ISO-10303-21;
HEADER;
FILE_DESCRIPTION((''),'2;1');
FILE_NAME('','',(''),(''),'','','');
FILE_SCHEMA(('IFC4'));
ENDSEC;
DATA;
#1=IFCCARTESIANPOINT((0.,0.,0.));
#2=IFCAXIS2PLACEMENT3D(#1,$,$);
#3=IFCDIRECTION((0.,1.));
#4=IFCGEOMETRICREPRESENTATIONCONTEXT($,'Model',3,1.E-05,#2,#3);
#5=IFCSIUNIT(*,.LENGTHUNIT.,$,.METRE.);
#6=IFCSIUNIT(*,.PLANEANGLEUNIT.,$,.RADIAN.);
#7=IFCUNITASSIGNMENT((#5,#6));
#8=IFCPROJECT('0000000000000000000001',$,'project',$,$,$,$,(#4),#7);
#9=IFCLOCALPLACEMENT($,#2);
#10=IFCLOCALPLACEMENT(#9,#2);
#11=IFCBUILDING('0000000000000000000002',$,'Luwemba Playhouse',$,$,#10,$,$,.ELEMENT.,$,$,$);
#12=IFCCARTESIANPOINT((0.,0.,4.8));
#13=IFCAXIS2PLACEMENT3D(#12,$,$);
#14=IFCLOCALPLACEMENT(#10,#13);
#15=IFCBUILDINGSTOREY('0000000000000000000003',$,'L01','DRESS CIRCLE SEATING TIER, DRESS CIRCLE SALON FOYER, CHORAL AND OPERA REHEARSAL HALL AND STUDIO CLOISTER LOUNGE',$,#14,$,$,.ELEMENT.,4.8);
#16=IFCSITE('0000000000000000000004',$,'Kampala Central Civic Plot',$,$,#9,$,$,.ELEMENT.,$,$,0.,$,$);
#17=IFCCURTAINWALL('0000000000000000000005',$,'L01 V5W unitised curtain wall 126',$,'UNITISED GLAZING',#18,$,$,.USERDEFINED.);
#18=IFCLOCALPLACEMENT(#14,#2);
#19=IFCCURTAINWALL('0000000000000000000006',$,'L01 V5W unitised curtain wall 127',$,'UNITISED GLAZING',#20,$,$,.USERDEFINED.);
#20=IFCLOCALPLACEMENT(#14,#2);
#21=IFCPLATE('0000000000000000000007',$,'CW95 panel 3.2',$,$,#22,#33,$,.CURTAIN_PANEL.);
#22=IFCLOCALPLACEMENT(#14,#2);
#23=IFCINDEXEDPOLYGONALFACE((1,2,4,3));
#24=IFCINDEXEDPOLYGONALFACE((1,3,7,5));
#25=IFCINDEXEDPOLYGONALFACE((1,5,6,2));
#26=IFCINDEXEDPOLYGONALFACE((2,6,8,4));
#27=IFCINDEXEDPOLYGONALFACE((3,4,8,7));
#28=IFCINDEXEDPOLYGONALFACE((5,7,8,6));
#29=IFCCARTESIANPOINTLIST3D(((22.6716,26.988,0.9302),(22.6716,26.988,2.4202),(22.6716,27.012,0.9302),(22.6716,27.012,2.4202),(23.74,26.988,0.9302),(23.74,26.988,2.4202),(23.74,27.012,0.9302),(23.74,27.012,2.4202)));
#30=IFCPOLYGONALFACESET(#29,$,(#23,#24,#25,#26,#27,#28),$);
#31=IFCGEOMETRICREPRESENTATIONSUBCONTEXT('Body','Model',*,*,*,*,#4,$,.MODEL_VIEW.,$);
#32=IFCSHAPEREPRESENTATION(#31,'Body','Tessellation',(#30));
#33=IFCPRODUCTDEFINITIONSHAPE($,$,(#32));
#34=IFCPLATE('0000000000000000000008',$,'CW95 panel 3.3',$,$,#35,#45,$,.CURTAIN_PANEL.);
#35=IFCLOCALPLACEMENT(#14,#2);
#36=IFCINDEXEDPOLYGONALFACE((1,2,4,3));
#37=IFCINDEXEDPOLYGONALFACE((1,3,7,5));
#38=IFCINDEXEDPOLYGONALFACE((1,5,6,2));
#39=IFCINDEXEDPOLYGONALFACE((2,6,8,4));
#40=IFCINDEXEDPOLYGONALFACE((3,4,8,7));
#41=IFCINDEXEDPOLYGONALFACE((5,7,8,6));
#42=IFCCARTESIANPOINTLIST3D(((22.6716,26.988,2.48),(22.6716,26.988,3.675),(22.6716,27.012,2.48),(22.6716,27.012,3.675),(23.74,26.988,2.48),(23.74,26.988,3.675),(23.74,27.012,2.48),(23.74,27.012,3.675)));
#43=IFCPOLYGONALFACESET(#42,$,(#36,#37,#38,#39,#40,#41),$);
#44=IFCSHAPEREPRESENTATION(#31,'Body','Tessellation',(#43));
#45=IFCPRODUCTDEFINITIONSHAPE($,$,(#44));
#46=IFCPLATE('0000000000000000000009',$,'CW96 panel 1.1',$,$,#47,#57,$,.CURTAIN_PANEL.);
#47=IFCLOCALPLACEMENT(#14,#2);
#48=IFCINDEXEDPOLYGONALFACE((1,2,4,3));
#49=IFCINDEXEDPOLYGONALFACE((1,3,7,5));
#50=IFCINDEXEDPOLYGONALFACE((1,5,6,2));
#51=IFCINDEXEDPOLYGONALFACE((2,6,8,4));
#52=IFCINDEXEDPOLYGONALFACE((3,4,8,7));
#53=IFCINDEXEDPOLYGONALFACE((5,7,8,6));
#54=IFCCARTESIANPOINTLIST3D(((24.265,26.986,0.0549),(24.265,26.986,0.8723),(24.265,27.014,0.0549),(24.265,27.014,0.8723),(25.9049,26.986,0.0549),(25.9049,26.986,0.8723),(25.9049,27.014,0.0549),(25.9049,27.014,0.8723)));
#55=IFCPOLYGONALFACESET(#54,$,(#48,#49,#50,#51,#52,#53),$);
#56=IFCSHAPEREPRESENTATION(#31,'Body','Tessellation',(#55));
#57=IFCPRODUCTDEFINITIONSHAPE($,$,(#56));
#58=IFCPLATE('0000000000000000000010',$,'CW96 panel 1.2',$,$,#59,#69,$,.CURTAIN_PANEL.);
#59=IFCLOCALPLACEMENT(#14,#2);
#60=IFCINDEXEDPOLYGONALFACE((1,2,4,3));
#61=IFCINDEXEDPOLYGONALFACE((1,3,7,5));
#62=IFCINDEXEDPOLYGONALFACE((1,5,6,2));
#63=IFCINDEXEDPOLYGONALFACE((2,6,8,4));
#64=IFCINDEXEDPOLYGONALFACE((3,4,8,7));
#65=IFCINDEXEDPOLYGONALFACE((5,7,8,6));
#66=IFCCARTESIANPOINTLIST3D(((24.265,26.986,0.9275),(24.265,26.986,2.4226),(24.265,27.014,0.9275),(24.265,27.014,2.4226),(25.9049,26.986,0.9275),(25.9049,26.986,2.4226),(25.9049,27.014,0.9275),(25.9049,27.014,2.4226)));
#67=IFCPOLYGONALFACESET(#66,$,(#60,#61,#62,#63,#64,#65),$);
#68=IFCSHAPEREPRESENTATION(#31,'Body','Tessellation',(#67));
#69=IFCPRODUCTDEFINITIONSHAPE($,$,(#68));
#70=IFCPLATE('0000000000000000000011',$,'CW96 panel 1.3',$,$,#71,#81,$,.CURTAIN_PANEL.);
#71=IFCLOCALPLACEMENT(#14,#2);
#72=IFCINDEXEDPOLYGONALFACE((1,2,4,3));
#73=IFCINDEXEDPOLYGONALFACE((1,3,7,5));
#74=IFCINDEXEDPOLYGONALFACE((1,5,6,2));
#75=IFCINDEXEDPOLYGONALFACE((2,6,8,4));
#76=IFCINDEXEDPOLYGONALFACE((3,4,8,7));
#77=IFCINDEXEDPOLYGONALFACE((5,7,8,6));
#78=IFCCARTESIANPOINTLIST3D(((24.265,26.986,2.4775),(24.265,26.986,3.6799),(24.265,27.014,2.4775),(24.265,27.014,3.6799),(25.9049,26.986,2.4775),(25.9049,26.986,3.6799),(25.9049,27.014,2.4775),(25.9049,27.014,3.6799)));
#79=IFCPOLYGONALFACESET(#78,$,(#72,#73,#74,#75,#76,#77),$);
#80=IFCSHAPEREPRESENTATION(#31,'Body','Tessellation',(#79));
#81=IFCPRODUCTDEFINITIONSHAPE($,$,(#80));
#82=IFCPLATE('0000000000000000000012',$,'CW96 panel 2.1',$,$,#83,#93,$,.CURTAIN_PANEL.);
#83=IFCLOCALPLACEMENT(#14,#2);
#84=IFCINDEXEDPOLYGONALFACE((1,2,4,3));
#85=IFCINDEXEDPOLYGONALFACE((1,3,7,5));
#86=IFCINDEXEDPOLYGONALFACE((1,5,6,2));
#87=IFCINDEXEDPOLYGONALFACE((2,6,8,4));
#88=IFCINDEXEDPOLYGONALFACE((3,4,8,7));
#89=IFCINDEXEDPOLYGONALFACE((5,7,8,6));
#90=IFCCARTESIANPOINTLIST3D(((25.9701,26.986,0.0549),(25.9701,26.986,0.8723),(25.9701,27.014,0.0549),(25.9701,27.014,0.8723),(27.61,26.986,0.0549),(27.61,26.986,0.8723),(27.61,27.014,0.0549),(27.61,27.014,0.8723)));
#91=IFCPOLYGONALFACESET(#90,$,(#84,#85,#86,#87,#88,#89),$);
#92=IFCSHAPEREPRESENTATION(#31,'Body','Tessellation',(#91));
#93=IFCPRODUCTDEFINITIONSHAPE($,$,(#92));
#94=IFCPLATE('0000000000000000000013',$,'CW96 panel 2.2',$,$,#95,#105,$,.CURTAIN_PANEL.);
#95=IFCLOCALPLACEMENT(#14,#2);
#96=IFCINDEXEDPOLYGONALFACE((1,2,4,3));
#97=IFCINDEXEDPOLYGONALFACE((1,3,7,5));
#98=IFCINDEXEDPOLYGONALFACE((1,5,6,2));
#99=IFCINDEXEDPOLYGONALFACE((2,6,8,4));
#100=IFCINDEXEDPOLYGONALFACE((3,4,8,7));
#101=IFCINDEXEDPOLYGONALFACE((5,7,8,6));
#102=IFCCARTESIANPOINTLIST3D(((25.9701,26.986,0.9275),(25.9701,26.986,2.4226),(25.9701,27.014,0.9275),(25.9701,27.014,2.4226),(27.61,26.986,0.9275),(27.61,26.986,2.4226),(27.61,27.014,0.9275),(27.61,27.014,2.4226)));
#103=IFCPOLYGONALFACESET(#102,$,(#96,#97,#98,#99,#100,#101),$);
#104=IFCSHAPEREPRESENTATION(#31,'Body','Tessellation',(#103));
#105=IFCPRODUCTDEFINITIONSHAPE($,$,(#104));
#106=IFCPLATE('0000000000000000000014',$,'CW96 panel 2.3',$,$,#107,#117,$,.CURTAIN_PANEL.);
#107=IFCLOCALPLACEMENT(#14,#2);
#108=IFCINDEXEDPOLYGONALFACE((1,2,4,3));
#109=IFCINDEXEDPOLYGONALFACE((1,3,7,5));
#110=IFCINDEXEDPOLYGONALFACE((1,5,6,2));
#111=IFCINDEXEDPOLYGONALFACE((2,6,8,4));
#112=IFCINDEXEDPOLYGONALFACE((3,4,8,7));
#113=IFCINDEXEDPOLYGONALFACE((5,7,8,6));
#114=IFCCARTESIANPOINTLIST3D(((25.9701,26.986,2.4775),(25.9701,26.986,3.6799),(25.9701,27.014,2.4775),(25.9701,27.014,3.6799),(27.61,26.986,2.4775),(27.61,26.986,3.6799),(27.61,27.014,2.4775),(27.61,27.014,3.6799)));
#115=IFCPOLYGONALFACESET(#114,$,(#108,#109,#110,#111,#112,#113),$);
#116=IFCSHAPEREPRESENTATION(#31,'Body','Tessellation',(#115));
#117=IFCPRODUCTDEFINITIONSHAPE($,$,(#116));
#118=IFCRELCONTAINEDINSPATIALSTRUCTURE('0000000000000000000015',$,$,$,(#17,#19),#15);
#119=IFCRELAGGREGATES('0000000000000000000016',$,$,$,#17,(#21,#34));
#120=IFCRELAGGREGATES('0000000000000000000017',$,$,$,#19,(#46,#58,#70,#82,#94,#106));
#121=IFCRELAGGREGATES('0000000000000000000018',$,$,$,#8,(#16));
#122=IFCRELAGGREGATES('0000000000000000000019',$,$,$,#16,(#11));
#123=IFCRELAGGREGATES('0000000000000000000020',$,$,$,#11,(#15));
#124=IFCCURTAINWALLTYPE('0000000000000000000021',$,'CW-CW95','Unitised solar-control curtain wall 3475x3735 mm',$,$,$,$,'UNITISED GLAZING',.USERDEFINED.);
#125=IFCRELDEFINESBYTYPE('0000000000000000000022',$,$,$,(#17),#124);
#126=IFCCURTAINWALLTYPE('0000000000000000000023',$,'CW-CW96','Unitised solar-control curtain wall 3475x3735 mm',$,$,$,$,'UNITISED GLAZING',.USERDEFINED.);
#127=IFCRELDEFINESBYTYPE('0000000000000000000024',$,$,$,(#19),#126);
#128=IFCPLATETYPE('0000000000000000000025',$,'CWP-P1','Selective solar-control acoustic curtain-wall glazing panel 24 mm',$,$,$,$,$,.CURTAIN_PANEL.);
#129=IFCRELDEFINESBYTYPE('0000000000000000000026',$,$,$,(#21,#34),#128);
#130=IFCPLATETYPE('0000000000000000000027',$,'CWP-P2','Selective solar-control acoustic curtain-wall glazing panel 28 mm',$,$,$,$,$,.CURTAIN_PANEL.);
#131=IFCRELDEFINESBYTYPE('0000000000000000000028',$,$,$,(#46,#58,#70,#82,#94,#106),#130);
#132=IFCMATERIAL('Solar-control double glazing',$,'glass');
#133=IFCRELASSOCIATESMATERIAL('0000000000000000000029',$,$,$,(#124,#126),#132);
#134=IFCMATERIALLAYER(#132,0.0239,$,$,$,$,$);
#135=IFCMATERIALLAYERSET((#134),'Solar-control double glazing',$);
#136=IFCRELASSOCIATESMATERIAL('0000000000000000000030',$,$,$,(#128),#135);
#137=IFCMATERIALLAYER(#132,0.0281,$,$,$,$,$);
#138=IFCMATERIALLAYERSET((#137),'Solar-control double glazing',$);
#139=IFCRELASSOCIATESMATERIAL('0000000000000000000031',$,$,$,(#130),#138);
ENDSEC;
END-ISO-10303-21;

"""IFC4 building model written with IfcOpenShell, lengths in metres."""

from ifc_helpers import new_model, si_unit, direction, frame, origin, origin_2d, place, context, subcontext, project, spatial, rectangle, extrude, material, layer, layer_set, type_object, element, aggregate, save


model = new_model("IFC4")

# Units and contexts
model_context = context("Model", 3, precision=1e-05, world=origin(), true_north=direction((0.0, 1.0)))
body_context = subcontext(model_context, "Body", "Model", "MODEL_VIEW")
ifc_project = project(units=[si_unit("LENGTHUNIT", "METRE"), si_unit("PLANEANGLEUNIT", "RADIAN")], contexts=[model_context])

# Site, building, storey
site_placement = place(None, origin())
site = spatial("IfcSite", under=ifc_project, at=site_placement, Name="Kampala Central Civic Plot", CompositionType="ELEMENT", RefElevation=0.0)
building_placement = place(site_placement, origin())
building = spatial("IfcBuilding", under=site, at=building_placement, Name="Luwemba Playhouse", CompositionType="ELEMENT")
storey_placement = place(building_placement, frame((0.0, 0.0, 4.8)))
storey = spatial("IfcBuildingStorey", under=building, at=storey_placement, Name="L01", Description="DRESS CIRCLE SEATING TIER, DRESS CIRCLE SALON FOYER, CHORAL AND OPERA REHEARSAL HALL AND STUDIO CLOISTER LOUNGE", CompositionType="ELEMENT", Elevation=4.8)

# Curtain walls
ifc_material_1 = material(Name="Solar-control double glazing", Category="glass")
curtain_wall_type_1 = type_object("IfcCurtainWallType", Name="CW-CW95", Description="Unitised solar-control curtain wall 3475x3735 mm", ElementType="UNITISED GLAZING", PredefinedType="USERDEFINED", material=ifc_material_1)
curtain_wall_1_placement = place(storey_placement, origin())
curtain_wall_1 = element("IfcCurtainWall", 1, at=curtain_wall_1_placement, inside=storey, type_object=curtain_wall_type_1, Name="L01 V5W unitised curtain wall 126", ObjectType="UNITISED GLAZING", PredefinedType="USERDEFINED")
curtain_wall_type_2 = type_object("IfcCurtainWallType", Name="CW-CW96", Description="Unitised solar-control curtain wall 3475x3735 mm", ElementType="UNITISED GLAZING", PredefinedType="USERDEFINED", material=ifc_material_1)
curtain_wall_2_placement = place(storey_placement, origin())
curtain_wall_2 = element("IfcCurtainWall", 2, at=curtain_wall_2_placement, inside=storey, type_object=curtain_wall_type_2, Name="L01 V5W unitised curtain wall 127", ObjectType="UNITISED GLAZING", PredefinedType="USERDEFINED")

# Plates
ifc_layer_1 = layer(ifc_material_1, 0.0239)
ifc_layer_set_1 = layer_set([ifc_layer_1], Name="Solar-control double glazing")
plate_type_1 = type_object("IfcPlateType", Name="CWP-P1", Description="Selective solar-control acoustic curtain-wall glazing panel 24 mm", PredefinedType="CURTAIN_PANEL", material=ifc_layer_set_1)
plate_1_placement = place(storey_placement, frame((23.2058, 27.0, 0.9302), z_axis=(0.0, 0.0, 1.0), x_axis=(1.0, 0.0, 0.0)))
plate_1 = element("IfcPlate", 3, at=plate_1_placement, type_object=plate_type_1, Name="CW95 panel 3.2", PredefinedType="CURTAIN_PANEL", context=body_context, shape_type="SweptSolid", body=[
    extrude(rectangle(XDim=1.0684, YDim=0.0239, at=origin_2d()), origin(), (0.0, 0.0, 1.0), 1.49),
])
plate_2_placement = place(storey_placement, frame((23.2058, 27.0, 2.48), z_axis=(0.0, 0.0, 1.0), x_axis=(1.0, 0.0, 0.0)))
plate_2 = element("IfcPlate", 4, at=plate_2_placement, type_object=plate_type_1, Name="CW95 panel 3.3", PredefinedType="CURTAIN_PANEL", context=body_context, shape_type="SweptSolid", body=[
    extrude(rectangle(XDim=1.0684, YDim=0.0239, at=origin_2d()), origin(), (0.0, 0.0, 1.0), 1.1951),
])
aggregate(curtain_wall_1, [plate_1, plate_2])
ifc_layer_2 = layer(ifc_material_1, 0.0281)
ifc_layer_set_2 = layer_set([ifc_layer_2], Name="Solar-control double glazing")
plate_type_2 = type_object("IfcPlateType", Name="CWP-P2", Description="Selective solar-control acoustic curtain-wall glazing panel 28 mm", PredefinedType="CURTAIN_PANEL", material=ifc_layer_set_2)
plate_3_placement = place(storey_placement, frame((25.085, 27.0, 0.0549), z_axis=(0.0, 0.0, 1.0), x_axis=(1.0, 0.0, 0.0)))
plate_3 = element("IfcPlate", 5, at=plate_3_placement, type_object=plate_type_2, Name="CW96 panel 1.1", PredefinedType="CURTAIN_PANEL", context=body_context, shape_type="SweptSolid", body=[
    extrude(rectangle(XDim=1.6399, YDim=0.0281, at=origin_2d()), origin(), (0.0, 0.0, 1.0), 0.8174),
])
plate_4_placement = place(storey_placement, frame((25.085, 27.0, 0.9275), z_axis=(0.0, 0.0, 1.0), x_axis=(1.0, 0.0, 0.0)))
plate_4 = element("IfcPlate", 6, at=plate_4_placement, type_object=plate_type_2, Name="CW96 panel 1.2", PredefinedType="CURTAIN_PANEL", context=body_context, shape_type="SweptSolid", body=[
    extrude(rectangle(XDim=1.6399, YDim=0.0281, at=origin_2d()), origin(), (0.0, 0.0, 1.0), 1.4951),
])
plate_5_placement = place(storey_placement, frame((25.085, 27.0, 2.4775), z_axis=(0.0, 0.0, 1.0), x_axis=(1.0, 0.0, 0.0)))
plate_5 = element("IfcPlate", 7, at=plate_5_placement, type_object=plate_type_2, Name="CW96 panel 1.3", PredefinedType="CURTAIN_PANEL", context=body_context, shape_type="SweptSolid", body=[
    extrude(rectangle(XDim=1.6399, YDim=0.0281, at=origin_2d()), origin(), (0.0, 0.0, 1.0), 1.2024),
])
plate_6_placement = place(storey_placement, frame((26.79, 27.0, 0.0549), z_axis=(0.0, 0.0, 1.0), x_axis=(1.0, 0.0, 0.0)))
plate_6 = element("IfcPlate", 8, at=plate_6_placement, type_object=plate_type_2, Name="CW96 panel 2.1", PredefinedType="CURTAIN_PANEL", context=body_context, shape_type="SweptSolid", body=[
    extrude(rectangle(XDim=1.6399, YDim=0.0281, at=origin_2d()), origin(), (0.0, 0.0, 1.0), 0.8174),
])
plate_7_placement = place(storey_placement, frame((26.79, 27.0, 0.9275), z_axis=(0.0, 0.0, 1.0), x_axis=(1.0, 0.0, 0.0)))
plate_7 = element("IfcPlate", 9, at=plate_7_placement, type_object=plate_type_2, Name="CW96 panel 2.2", PredefinedType="CURTAIN_PANEL", context=body_context, shape_type="SweptSolid", body=[
    extrude(rectangle(XDim=1.6399, YDim=0.0281, at=origin_2d()), origin(), (0.0, 0.0, 1.0), 1.4951),
])
plate_8_placement = place(storey_placement, frame((26.79, 27.0, 2.4775), z_axis=(0.0, 0.0, 1.0), x_axis=(1.0, 0.0, 0.0)))
plate_8 = element("IfcPlate", 10, at=plate_8_placement, type_object=plate_type_2, Name="CW96 panel 2.3", PredefinedType="CURTAIN_PANEL", context=body_context, shape_type="SweptSolid", body=[
    extrude(rectangle(XDim=1.6399, YDim=0.0281, at=origin_2d()), origin(), (0.0, 0.0, 1.0), 1.2024),
])
aggregate(curtain_wall_2, [plate_3, plate_4, plate_5, plate_6, plate_7, plate_8])

save(model, "model.ifc")
